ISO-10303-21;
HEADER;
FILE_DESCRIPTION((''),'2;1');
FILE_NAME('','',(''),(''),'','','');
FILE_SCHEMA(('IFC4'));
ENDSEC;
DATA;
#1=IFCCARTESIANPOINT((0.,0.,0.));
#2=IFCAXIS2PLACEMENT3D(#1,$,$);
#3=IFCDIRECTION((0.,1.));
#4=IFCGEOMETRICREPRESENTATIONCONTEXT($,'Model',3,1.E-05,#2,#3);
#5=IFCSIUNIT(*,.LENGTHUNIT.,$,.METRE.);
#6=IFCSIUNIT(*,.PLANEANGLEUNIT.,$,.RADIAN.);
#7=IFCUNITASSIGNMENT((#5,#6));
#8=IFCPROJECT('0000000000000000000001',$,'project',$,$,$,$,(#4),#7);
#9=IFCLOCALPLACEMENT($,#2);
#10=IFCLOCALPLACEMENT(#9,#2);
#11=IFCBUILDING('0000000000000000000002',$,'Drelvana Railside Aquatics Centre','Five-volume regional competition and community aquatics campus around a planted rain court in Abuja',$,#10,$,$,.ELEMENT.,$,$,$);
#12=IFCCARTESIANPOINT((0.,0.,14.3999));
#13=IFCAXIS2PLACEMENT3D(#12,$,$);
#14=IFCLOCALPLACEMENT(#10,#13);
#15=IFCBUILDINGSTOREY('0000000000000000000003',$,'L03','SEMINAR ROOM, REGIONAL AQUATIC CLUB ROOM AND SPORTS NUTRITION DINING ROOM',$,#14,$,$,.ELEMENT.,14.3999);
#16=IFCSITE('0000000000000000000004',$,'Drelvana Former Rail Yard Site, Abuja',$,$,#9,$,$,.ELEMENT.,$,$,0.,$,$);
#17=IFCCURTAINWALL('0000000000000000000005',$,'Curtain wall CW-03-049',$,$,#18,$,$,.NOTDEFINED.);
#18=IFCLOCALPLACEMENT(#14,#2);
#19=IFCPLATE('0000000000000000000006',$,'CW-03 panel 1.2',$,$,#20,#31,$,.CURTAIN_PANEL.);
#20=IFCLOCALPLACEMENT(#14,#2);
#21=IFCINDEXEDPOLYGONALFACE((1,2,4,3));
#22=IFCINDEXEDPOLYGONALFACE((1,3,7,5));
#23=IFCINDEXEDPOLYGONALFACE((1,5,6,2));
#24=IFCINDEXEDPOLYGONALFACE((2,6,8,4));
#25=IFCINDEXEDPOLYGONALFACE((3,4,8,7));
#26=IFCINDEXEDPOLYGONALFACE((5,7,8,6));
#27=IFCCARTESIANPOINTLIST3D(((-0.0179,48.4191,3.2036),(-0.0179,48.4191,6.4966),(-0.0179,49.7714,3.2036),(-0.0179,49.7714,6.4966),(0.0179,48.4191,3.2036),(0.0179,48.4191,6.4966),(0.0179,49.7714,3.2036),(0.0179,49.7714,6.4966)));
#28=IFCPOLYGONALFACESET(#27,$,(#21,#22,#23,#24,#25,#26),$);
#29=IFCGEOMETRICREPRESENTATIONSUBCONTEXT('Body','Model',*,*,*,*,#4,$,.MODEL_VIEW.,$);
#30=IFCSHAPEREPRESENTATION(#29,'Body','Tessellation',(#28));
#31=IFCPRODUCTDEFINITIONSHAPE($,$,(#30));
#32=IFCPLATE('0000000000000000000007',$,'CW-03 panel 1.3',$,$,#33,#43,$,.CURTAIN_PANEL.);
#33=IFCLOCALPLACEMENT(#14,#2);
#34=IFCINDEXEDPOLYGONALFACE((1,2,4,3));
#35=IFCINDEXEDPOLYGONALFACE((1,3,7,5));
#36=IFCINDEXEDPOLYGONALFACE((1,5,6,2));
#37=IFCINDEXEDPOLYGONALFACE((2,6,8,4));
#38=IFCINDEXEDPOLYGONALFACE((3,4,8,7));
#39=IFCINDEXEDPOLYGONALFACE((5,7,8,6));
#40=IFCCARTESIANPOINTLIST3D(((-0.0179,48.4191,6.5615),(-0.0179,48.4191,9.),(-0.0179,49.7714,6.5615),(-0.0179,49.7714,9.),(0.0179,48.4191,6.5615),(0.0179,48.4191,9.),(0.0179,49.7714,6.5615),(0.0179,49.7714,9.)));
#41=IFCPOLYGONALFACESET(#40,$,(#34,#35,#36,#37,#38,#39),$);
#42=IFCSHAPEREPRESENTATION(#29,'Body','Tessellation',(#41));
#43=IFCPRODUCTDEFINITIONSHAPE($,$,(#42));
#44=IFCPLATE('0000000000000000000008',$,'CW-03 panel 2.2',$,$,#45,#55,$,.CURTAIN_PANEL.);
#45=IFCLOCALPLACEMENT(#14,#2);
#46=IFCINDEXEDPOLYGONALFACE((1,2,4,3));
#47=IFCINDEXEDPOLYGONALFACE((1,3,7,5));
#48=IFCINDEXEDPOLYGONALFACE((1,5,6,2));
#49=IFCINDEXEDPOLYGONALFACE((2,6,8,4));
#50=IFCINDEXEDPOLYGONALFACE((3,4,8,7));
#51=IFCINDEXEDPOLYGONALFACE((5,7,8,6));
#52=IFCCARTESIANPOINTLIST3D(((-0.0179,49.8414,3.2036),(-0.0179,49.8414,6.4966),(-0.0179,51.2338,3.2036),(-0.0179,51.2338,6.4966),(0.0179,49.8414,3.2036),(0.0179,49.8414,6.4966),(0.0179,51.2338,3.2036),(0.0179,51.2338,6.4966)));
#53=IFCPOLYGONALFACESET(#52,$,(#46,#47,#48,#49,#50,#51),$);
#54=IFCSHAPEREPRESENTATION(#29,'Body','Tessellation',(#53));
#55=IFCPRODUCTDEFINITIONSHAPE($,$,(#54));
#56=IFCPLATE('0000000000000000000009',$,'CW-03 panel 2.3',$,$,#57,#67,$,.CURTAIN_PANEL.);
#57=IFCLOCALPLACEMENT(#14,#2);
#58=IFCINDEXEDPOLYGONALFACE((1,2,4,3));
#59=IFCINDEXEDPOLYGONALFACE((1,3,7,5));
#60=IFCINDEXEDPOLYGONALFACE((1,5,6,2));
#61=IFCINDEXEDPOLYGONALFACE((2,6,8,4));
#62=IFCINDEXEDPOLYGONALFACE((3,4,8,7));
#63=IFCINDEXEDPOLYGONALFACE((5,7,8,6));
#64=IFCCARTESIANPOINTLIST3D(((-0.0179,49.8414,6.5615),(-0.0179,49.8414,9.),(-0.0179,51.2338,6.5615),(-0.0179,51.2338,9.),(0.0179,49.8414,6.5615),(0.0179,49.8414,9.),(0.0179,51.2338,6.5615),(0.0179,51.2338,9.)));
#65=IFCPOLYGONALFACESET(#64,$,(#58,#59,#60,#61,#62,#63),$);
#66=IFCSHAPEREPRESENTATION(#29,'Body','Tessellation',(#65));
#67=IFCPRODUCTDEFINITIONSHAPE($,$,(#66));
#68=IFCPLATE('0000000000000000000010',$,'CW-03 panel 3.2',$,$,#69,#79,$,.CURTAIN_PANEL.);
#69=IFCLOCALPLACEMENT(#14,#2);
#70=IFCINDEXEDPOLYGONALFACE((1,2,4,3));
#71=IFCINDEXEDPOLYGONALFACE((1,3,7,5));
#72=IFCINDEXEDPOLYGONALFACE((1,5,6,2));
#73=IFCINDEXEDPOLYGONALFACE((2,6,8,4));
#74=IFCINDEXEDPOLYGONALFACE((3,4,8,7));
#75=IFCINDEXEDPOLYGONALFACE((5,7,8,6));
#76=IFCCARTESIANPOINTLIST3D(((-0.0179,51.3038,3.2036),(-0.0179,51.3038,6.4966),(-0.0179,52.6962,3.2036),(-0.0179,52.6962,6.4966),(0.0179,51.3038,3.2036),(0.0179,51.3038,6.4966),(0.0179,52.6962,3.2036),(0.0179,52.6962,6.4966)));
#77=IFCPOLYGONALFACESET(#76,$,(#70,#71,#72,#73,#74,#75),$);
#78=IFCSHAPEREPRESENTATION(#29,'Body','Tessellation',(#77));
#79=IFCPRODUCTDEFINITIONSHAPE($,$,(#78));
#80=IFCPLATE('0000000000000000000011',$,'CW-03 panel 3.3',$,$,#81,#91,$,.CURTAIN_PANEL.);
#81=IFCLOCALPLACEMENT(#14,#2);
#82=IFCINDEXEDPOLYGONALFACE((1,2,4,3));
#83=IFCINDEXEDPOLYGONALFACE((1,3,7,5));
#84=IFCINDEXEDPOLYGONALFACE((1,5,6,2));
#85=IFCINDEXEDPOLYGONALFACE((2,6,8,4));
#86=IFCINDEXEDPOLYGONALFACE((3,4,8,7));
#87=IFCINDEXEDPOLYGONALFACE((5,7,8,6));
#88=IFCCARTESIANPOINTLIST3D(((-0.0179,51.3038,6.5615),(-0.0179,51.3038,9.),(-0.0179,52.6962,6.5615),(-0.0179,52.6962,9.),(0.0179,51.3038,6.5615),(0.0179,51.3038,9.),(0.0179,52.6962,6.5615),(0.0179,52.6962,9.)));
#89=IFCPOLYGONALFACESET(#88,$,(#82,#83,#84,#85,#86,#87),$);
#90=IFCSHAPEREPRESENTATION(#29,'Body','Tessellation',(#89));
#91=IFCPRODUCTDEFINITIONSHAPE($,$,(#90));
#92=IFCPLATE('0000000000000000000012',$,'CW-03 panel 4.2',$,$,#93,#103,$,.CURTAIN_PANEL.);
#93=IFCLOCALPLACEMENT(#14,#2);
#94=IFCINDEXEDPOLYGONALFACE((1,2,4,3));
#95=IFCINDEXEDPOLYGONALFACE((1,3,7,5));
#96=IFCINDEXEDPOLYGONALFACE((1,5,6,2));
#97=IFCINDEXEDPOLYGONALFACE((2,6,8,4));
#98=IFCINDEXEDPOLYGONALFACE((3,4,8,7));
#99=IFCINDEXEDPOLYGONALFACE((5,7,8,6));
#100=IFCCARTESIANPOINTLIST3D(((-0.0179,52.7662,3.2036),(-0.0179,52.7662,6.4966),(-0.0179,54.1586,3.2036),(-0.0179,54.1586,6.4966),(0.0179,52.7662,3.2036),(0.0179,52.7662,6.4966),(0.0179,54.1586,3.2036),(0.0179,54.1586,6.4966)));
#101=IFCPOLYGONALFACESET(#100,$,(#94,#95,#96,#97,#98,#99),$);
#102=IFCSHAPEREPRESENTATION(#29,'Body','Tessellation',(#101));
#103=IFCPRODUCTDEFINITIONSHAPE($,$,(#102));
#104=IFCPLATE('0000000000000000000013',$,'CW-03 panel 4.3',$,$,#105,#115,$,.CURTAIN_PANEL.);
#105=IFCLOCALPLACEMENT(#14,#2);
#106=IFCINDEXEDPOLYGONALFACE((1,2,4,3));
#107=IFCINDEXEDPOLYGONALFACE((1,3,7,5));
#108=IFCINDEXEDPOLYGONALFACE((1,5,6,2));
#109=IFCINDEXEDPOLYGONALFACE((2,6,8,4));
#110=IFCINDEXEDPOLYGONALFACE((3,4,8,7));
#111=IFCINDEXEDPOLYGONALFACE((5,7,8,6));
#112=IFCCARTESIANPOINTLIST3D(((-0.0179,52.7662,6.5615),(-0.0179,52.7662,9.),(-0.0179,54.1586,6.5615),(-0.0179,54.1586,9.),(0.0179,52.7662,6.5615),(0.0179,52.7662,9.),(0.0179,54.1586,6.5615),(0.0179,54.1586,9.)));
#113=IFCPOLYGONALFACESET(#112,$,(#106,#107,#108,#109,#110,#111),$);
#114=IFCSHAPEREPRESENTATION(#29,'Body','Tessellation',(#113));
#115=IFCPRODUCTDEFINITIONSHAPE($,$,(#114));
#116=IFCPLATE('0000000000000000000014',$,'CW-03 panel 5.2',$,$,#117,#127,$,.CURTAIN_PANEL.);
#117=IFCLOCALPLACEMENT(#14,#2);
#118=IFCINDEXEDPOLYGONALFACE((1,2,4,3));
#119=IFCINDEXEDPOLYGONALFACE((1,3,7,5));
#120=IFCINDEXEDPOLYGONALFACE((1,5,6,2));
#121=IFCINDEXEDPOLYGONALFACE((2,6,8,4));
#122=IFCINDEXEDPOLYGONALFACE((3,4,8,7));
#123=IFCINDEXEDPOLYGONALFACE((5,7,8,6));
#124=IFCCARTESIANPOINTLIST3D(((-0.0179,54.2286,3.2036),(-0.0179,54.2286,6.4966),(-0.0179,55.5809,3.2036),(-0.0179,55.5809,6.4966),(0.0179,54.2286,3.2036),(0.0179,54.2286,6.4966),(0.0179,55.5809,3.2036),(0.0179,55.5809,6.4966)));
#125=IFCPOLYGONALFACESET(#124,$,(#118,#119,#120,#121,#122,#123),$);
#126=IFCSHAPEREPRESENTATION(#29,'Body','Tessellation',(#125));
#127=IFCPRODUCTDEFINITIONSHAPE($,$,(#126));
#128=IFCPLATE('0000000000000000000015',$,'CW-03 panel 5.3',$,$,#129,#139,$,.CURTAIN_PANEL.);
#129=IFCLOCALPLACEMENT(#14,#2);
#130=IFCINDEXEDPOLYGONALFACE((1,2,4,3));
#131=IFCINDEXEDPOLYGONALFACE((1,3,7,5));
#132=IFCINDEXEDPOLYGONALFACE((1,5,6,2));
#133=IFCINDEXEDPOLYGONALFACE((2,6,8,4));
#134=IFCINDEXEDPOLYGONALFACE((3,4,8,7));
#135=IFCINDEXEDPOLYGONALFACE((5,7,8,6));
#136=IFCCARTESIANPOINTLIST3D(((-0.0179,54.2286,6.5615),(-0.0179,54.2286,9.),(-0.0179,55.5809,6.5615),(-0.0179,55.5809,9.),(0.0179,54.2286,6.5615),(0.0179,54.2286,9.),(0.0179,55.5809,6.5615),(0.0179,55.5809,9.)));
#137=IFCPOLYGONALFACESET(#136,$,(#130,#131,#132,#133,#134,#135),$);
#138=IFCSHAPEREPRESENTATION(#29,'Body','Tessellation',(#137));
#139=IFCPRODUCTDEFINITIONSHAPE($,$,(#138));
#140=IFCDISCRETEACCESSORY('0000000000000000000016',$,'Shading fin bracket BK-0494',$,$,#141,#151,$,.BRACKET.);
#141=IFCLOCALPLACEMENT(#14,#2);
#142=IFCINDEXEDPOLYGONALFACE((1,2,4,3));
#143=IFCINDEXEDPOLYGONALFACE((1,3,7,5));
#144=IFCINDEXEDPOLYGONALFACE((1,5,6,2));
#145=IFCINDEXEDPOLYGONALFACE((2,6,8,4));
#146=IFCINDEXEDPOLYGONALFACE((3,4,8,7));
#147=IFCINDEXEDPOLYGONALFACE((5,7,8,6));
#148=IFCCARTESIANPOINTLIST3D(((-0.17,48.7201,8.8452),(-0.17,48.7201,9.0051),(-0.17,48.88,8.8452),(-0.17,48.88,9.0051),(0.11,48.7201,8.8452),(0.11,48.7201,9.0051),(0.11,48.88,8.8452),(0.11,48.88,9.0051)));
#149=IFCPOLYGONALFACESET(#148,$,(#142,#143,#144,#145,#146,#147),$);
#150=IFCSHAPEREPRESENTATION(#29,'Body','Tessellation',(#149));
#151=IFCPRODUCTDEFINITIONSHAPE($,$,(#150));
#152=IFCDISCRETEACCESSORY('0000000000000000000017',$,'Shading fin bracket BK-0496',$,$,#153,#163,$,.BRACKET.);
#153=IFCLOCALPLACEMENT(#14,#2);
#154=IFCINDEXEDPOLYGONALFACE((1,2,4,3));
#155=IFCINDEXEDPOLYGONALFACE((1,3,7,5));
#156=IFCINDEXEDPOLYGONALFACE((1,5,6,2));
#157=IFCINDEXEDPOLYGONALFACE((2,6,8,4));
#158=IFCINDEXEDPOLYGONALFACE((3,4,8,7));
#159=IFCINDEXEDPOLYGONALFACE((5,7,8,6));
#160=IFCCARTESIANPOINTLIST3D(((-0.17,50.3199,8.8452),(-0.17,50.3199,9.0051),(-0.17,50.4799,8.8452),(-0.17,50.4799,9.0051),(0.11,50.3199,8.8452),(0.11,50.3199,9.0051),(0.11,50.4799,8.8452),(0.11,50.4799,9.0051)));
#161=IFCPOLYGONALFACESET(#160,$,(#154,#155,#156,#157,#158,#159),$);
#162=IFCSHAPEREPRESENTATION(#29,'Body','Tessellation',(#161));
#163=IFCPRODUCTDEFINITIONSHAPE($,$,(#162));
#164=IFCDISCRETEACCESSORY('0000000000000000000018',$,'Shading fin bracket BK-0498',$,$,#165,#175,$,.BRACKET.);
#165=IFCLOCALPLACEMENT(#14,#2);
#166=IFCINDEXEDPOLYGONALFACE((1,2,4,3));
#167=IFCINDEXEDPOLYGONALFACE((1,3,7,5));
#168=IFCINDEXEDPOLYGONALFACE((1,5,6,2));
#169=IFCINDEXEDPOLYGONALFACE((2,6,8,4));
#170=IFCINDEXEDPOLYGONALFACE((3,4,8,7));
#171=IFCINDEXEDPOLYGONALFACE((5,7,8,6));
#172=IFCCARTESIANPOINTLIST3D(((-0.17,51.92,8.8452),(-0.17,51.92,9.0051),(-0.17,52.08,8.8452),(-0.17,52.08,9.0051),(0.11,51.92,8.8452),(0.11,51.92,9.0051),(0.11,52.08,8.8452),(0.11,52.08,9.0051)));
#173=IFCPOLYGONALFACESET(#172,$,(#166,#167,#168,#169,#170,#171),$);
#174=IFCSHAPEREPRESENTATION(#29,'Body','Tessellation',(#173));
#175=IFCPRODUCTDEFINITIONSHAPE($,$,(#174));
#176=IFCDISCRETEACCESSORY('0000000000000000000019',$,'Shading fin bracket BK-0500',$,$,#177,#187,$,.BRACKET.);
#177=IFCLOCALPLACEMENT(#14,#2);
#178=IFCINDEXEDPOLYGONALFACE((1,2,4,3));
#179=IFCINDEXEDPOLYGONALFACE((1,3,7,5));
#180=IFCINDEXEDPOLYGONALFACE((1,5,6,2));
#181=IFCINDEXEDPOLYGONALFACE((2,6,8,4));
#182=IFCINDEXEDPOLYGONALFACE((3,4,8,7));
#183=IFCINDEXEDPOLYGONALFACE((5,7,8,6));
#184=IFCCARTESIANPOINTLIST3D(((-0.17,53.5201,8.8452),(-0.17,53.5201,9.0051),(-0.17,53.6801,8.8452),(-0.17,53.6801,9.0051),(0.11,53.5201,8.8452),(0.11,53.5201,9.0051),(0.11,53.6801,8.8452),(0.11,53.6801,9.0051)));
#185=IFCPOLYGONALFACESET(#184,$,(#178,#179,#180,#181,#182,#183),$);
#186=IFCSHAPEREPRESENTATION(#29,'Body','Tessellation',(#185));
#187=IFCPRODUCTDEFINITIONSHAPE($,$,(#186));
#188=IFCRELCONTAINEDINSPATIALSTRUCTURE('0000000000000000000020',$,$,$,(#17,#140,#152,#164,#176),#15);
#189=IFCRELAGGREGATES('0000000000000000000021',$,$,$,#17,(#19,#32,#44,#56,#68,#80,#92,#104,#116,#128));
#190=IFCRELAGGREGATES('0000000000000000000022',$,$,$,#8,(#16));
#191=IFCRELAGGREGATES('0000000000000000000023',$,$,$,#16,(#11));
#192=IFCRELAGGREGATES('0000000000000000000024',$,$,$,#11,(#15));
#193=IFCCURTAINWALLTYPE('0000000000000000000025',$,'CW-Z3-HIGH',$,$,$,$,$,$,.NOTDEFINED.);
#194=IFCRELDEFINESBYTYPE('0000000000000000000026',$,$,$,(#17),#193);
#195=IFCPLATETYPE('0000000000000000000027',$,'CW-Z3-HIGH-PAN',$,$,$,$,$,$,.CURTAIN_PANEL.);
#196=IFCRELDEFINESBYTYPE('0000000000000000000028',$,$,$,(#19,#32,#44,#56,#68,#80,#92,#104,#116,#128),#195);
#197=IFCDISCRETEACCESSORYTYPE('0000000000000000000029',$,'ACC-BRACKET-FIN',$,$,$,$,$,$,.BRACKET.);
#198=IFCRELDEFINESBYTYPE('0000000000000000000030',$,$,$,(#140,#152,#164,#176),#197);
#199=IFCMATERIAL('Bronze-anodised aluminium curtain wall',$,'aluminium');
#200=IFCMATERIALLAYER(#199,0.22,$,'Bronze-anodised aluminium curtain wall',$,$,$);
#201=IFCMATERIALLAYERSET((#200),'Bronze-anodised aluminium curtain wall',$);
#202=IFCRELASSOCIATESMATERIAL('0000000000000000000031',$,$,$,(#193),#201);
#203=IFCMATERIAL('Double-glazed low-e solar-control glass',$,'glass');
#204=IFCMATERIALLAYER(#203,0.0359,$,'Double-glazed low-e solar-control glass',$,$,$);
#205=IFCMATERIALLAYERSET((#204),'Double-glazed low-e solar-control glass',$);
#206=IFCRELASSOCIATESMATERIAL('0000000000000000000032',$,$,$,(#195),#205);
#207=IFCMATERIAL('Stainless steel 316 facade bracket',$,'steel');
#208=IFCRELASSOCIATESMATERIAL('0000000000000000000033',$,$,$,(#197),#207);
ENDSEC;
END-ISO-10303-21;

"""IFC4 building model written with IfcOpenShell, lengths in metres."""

from ifc_helpers import new_model, si_unit, direction, frame, origin, origin_2d, place, context, subcontext, project, spatial, rectangle, extrude, material, layer, layer_set, type_object, element, aggregate, save


model = new_model("IFC4")

# Units and contexts
model_context = context("Model", 3, precision=1e-05, world=origin(), true_north=direction((0.0, 1.0)))
body_context = subcontext(model_context, "Body", "Model", "MODEL_VIEW")
ifc_project = project(units=[si_unit("LENGTHUNIT", "METRE"), si_unit("PLANEANGLEUNIT", "RADIAN")], contexts=[model_context])

# Site, building, storey
site_placement = place(None, origin())
site = spatial("IfcSite", under=ifc_project, at=site_placement, Name="Drelvana Former Rail Yard Site, Abuja", CompositionType="ELEMENT", RefElevation=0.0)
building_placement = place(site_placement, origin())
building = spatial("IfcBuilding", under=site, at=building_placement, Name="Drelvana Railside Aquatics Centre", Description="Five-volume regional competition and community aquatics campus around a planted rain court in Abuja", CompositionType="ELEMENT")
storey_placement = place(building_placement, frame((0.0, 0.0, 14.3999)))
storey = spatial("IfcBuildingStorey", under=building, at=storey_placement, Name="L03", Description="SEMINAR ROOM, REGIONAL AQUATIC CLUB ROOM AND SPORTS NUTRITION DINING ROOM", CompositionType="ELEMENT", Elevation=14.3999)

# Curtain wall, plates
ifc_material_1 = material(Name="Bronze-anodised aluminium curtain wall", Category="aluminium")
ifc_layer_1 = layer(ifc_material_1, 0.22, Name="Bronze-anodised aluminium curtain wall")
ifc_layer_set_1 = layer_set([ifc_layer_1], Name="Bronze-anodised aluminium curtain wall")
curtain_wall_type = type_object("IfcCurtainWallType", Name="CW-Z3-HIGH", PredefinedType="NOTDEFINED", material=ifc_layer_set_1)
curtain_wall_placement = place(storey_placement, origin())
curtain_wall = element("IfcCurtainWall", 1, at=curtain_wall_placement, inside=storey, type_object=curtain_wall_type, Name="Curtain wall CW-03-049", PredefinedType="NOTDEFINED")
ifc_material_2 = material(Name="Double-glazed low-e solar-control glass", Category="glass")
ifc_layer_2 = layer(ifc_material_2, 0.0359, Name="Double-glazed low-e solar-control glass")
ifc_layer_set_2 = layer_set([ifc_layer_2], Name="Double-glazed low-e solar-control glass")
plate_type = type_object("IfcPlateType", Name="CW-Z3-HIGH-PAN", PredefinedType="CURTAIN_PANEL", material=ifc_layer_set_2)
plate_1_placement = place(storey_placement, frame((0.0, 49.0952, 3.2036), z_axis=(0.0, 0.0, 1.0), x_axis=(0.0, 1.0, 0.0)))
plate_1 = element("IfcPlate", 2, at=plate_1_placement, type_object=plate_type, Name="CW-03 panel 1.2", PredefinedType="CURTAIN_PANEL", context=body_context, shape_type="SweptSolid", body=[
    extrude(rectangle(XDim=1.3523, YDim=0.0359, at=origin_2d()), origin(), (0.0, 0.0, 1.0), 3.293),
])
plate_2_placement = place(storey_placement, frame((0.0, 49.0952, 6.5615), z_axis=(0.0, 0.0, 1.0), x_axis=(0.0, 1.0, 0.0)))
plate_2 = element("IfcPlate", 3, at=plate_2_placement, type_object=plate_type, Name="CW-03 panel 1.3", PredefinedType="CURTAIN_PANEL", context=body_context, shape_type="SweptSolid", body=[
    extrude(rectangle(XDim=1.3523, YDim=0.0359, at=origin_2d()), origin(), (0.0, 0.0, 1.0), 2.4385),
])
plate_3_placement = place(storey_placement, frame((0.0, 50.5376, 3.2036), z_axis=(0.0, 0.0, 1.0), x_axis=(0.0, 1.0, 0.0)))
plate_3 = element("IfcPlate", 4, at=plate_3_placement, type_object=plate_type, Name="CW-03 panel 2.2", PredefinedType="CURTAIN_PANEL", context=body_context, shape_type="SweptSolid", body=[
    extrude(rectangle(XDim=1.3923, YDim=0.0359, at=origin_2d()), origin(), (0.0, 0.0, 1.0), 3.293),
])
plate_4_placement = place(storey_placement, frame((0.0, 50.5376, 6.5615), z_axis=(0.0, 0.0, 1.0), x_axis=(0.0, 1.0, 0.0)))
plate_4 = element("IfcPlate", 5, at=plate_4_placement, type_object=plate_type, Name="CW-03 panel 2.3", PredefinedType="CURTAIN_PANEL", context=body_context, shape_type="SweptSolid", body=[
    extrude(rectangle(XDim=1.3923, YDim=0.0359, at=origin_2d()), origin(), (0.0, 0.0, 1.0), 2.4385),
])
plate_5_placement = place(storey_placement, frame((0.0, 52.0, 3.2036), z_axis=(0.0, 0.0, 1.0), x_axis=(0.0, 1.0, 0.0)))
plate_5 = element("IfcPlate", 6, at=plate_5_placement, type_object=plate_type, Name="CW-03 panel 3.2", PredefinedType="CURTAIN_PANEL", context=body_context, shape_type="SweptSolid", body=[
    extrude(rectangle(XDim=1.3923, YDim=0.0359, at=origin_2d()), origin(), (0.0, 0.0, 1.0), 3.293),
])
plate_6_placement = place(storey_placement, frame((0.0, 52.0, 6.5615), z_axis=(0.0, 0.0, 1.0), x_axis=(0.0, 1.0, 0.0)))
plate_6 = element("IfcPlate", 7, at=plate_6_placement, type_object=plate_type, Name="CW-03 panel 3.3", PredefinedType="CURTAIN_PANEL", context=body_context, shape_type="SweptSolid", body=[
    extrude(rectangle(XDim=1.3923, YDim=0.0359, at=origin_2d()), origin(), (0.0, 0.0, 1.0), 2.4385),
])
plate_7_placement = place(storey_placement, frame((0.0, 53.4624, 3.2036), z_axis=(0.0, 0.0, 1.0), x_axis=(0.0, 1.0, 0.0)))
plate_7 = element("IfcPlate", 8, at=plate_7_placement, type_object=plate_type, Name="CW-03 panel 4.2", PredefinedType="CURTAIN_PANEL", context=body_context, shape_type="SweptSolid", body=[
    extrude(rectangle(XDim=1.3923, YDim=0.0359, at=origin_2d()), origin(), (0.0, 0.0, 1.0), 3.293),
])
plate_8_placement = place(storey_placement, frame((0.0, 53.4624, 6.5615), z_axis=(0.0, 0.0, 1.0), x_axis=(0.0, 1.0, 0.0)))
plate_8 = element("IfcPlate", 9, at=plate_8_placement, type_object=plate_type, Name="CW-03 panel 4.3", PredefinedType="CURTAIN_PANEL", context=body_context, shape_type="SweptSolid", body=[
    extrude(rectangle(XDim=1.3923, YDim=0.0359, at=origin_2d()), origin(), (0.0, 0.0, 1.0), 2.4385),
])
plate_9_placement = place(storey_placement, frame((0.0, 54.9048, 3.2036), z_axis=(0.0, 0.0, 1.0), x_axis=(0.0, 1.0, 0.0)))
plate_9 = element("IfcPlate", 10, at=plate_9_placement, type_object=plate_type, Name="CW-03 panel 5.2", PredefinedType="CURTAIN_PANEL", context=body_context, shape_type="SweptSolid", body=[
    extrude(rectangle(XDim=1.3523, YDim=0.0359, at=origin_2d()), origin(), (0.0, 0.0, 1.0), 3.293),
])
plate_10_placement = place(storey_placement, frame((0.0, 54.9048, 6.5615), z_axis=(0.0, 0.0, 1.0), x_axis=(0.0, 1.0, 0.0)))
plate_10 = element("IfcPlate", 11, at=plate_10_placement, type_object=plate_type, Name="CW-03 panel 5.3", PredefinedType="CURTAIN_PANEL", context=body_context, shape_type="SweptSolid", body=[
    extrude(rectangle(XDim=1.3523, YDim=0.0359, at=origin_2d()), origin(), (0.0, 0.0, 1.0), 2.4385),
])
aggregate(curtain_wall, [plate_1, plate_2, plate_3, plate_4, plate_5, plate_6, plate_7, plate_8, plate_9, plate_10])

# Discrete accessories
ifc_material_3 = material(Name="Stainless steel 316 facade bracket", Category="steel")
discrete_accessory_type = type_object("IfcDiscreteAccessoryType", Name="ACC-BRACKET-FIN", PredefinedType="BRACKET", material=ifc_material_3)
for number, where, z_axis, x_axis, name in (
    (12, (-0.03, 48.8, 8.8452), (0.0, 0.0, 1.0), (-1.0, 0.0, 0.0), "Shading fin bracket BK-0494"),
    (13, (-0.03, 50.3999, 8.8452), (0.0, 0.0, 1.0), (-1.0, 0.0, 0.0), "Shading fin bracket BK-0496"),
    (14, (-0.03, 52.0, 8.8452), (0.0, 0.0, 1.0), (-1.0, 0.0, 0.0), "Shading fin bracket BK-0498"),
    (15, (-0.03, 53.6001, 8.8452), (0.0, 0.0, 1.0), (-1.0, 0.0, 0.0), "Shading fin bracket BK-0500"),
):
    element("IfcDiscreteAccessory", number, at=place(storey_placement, frame(where, z_axis=z_axis, x_axis=x_axis)), inside=storey, type_object=discrete_accessory_type, Name=name, PredefinedType="BRACKET", context=body_context, shape_type="SweptSolid", body=[
        extrude(rectangle(XDim=0.28, YDim=0.1599, at=origin_2d()), origin(), (0.0, 0.0, 1.0), 0.1599),
    ])

save(model, "model.ifc")
